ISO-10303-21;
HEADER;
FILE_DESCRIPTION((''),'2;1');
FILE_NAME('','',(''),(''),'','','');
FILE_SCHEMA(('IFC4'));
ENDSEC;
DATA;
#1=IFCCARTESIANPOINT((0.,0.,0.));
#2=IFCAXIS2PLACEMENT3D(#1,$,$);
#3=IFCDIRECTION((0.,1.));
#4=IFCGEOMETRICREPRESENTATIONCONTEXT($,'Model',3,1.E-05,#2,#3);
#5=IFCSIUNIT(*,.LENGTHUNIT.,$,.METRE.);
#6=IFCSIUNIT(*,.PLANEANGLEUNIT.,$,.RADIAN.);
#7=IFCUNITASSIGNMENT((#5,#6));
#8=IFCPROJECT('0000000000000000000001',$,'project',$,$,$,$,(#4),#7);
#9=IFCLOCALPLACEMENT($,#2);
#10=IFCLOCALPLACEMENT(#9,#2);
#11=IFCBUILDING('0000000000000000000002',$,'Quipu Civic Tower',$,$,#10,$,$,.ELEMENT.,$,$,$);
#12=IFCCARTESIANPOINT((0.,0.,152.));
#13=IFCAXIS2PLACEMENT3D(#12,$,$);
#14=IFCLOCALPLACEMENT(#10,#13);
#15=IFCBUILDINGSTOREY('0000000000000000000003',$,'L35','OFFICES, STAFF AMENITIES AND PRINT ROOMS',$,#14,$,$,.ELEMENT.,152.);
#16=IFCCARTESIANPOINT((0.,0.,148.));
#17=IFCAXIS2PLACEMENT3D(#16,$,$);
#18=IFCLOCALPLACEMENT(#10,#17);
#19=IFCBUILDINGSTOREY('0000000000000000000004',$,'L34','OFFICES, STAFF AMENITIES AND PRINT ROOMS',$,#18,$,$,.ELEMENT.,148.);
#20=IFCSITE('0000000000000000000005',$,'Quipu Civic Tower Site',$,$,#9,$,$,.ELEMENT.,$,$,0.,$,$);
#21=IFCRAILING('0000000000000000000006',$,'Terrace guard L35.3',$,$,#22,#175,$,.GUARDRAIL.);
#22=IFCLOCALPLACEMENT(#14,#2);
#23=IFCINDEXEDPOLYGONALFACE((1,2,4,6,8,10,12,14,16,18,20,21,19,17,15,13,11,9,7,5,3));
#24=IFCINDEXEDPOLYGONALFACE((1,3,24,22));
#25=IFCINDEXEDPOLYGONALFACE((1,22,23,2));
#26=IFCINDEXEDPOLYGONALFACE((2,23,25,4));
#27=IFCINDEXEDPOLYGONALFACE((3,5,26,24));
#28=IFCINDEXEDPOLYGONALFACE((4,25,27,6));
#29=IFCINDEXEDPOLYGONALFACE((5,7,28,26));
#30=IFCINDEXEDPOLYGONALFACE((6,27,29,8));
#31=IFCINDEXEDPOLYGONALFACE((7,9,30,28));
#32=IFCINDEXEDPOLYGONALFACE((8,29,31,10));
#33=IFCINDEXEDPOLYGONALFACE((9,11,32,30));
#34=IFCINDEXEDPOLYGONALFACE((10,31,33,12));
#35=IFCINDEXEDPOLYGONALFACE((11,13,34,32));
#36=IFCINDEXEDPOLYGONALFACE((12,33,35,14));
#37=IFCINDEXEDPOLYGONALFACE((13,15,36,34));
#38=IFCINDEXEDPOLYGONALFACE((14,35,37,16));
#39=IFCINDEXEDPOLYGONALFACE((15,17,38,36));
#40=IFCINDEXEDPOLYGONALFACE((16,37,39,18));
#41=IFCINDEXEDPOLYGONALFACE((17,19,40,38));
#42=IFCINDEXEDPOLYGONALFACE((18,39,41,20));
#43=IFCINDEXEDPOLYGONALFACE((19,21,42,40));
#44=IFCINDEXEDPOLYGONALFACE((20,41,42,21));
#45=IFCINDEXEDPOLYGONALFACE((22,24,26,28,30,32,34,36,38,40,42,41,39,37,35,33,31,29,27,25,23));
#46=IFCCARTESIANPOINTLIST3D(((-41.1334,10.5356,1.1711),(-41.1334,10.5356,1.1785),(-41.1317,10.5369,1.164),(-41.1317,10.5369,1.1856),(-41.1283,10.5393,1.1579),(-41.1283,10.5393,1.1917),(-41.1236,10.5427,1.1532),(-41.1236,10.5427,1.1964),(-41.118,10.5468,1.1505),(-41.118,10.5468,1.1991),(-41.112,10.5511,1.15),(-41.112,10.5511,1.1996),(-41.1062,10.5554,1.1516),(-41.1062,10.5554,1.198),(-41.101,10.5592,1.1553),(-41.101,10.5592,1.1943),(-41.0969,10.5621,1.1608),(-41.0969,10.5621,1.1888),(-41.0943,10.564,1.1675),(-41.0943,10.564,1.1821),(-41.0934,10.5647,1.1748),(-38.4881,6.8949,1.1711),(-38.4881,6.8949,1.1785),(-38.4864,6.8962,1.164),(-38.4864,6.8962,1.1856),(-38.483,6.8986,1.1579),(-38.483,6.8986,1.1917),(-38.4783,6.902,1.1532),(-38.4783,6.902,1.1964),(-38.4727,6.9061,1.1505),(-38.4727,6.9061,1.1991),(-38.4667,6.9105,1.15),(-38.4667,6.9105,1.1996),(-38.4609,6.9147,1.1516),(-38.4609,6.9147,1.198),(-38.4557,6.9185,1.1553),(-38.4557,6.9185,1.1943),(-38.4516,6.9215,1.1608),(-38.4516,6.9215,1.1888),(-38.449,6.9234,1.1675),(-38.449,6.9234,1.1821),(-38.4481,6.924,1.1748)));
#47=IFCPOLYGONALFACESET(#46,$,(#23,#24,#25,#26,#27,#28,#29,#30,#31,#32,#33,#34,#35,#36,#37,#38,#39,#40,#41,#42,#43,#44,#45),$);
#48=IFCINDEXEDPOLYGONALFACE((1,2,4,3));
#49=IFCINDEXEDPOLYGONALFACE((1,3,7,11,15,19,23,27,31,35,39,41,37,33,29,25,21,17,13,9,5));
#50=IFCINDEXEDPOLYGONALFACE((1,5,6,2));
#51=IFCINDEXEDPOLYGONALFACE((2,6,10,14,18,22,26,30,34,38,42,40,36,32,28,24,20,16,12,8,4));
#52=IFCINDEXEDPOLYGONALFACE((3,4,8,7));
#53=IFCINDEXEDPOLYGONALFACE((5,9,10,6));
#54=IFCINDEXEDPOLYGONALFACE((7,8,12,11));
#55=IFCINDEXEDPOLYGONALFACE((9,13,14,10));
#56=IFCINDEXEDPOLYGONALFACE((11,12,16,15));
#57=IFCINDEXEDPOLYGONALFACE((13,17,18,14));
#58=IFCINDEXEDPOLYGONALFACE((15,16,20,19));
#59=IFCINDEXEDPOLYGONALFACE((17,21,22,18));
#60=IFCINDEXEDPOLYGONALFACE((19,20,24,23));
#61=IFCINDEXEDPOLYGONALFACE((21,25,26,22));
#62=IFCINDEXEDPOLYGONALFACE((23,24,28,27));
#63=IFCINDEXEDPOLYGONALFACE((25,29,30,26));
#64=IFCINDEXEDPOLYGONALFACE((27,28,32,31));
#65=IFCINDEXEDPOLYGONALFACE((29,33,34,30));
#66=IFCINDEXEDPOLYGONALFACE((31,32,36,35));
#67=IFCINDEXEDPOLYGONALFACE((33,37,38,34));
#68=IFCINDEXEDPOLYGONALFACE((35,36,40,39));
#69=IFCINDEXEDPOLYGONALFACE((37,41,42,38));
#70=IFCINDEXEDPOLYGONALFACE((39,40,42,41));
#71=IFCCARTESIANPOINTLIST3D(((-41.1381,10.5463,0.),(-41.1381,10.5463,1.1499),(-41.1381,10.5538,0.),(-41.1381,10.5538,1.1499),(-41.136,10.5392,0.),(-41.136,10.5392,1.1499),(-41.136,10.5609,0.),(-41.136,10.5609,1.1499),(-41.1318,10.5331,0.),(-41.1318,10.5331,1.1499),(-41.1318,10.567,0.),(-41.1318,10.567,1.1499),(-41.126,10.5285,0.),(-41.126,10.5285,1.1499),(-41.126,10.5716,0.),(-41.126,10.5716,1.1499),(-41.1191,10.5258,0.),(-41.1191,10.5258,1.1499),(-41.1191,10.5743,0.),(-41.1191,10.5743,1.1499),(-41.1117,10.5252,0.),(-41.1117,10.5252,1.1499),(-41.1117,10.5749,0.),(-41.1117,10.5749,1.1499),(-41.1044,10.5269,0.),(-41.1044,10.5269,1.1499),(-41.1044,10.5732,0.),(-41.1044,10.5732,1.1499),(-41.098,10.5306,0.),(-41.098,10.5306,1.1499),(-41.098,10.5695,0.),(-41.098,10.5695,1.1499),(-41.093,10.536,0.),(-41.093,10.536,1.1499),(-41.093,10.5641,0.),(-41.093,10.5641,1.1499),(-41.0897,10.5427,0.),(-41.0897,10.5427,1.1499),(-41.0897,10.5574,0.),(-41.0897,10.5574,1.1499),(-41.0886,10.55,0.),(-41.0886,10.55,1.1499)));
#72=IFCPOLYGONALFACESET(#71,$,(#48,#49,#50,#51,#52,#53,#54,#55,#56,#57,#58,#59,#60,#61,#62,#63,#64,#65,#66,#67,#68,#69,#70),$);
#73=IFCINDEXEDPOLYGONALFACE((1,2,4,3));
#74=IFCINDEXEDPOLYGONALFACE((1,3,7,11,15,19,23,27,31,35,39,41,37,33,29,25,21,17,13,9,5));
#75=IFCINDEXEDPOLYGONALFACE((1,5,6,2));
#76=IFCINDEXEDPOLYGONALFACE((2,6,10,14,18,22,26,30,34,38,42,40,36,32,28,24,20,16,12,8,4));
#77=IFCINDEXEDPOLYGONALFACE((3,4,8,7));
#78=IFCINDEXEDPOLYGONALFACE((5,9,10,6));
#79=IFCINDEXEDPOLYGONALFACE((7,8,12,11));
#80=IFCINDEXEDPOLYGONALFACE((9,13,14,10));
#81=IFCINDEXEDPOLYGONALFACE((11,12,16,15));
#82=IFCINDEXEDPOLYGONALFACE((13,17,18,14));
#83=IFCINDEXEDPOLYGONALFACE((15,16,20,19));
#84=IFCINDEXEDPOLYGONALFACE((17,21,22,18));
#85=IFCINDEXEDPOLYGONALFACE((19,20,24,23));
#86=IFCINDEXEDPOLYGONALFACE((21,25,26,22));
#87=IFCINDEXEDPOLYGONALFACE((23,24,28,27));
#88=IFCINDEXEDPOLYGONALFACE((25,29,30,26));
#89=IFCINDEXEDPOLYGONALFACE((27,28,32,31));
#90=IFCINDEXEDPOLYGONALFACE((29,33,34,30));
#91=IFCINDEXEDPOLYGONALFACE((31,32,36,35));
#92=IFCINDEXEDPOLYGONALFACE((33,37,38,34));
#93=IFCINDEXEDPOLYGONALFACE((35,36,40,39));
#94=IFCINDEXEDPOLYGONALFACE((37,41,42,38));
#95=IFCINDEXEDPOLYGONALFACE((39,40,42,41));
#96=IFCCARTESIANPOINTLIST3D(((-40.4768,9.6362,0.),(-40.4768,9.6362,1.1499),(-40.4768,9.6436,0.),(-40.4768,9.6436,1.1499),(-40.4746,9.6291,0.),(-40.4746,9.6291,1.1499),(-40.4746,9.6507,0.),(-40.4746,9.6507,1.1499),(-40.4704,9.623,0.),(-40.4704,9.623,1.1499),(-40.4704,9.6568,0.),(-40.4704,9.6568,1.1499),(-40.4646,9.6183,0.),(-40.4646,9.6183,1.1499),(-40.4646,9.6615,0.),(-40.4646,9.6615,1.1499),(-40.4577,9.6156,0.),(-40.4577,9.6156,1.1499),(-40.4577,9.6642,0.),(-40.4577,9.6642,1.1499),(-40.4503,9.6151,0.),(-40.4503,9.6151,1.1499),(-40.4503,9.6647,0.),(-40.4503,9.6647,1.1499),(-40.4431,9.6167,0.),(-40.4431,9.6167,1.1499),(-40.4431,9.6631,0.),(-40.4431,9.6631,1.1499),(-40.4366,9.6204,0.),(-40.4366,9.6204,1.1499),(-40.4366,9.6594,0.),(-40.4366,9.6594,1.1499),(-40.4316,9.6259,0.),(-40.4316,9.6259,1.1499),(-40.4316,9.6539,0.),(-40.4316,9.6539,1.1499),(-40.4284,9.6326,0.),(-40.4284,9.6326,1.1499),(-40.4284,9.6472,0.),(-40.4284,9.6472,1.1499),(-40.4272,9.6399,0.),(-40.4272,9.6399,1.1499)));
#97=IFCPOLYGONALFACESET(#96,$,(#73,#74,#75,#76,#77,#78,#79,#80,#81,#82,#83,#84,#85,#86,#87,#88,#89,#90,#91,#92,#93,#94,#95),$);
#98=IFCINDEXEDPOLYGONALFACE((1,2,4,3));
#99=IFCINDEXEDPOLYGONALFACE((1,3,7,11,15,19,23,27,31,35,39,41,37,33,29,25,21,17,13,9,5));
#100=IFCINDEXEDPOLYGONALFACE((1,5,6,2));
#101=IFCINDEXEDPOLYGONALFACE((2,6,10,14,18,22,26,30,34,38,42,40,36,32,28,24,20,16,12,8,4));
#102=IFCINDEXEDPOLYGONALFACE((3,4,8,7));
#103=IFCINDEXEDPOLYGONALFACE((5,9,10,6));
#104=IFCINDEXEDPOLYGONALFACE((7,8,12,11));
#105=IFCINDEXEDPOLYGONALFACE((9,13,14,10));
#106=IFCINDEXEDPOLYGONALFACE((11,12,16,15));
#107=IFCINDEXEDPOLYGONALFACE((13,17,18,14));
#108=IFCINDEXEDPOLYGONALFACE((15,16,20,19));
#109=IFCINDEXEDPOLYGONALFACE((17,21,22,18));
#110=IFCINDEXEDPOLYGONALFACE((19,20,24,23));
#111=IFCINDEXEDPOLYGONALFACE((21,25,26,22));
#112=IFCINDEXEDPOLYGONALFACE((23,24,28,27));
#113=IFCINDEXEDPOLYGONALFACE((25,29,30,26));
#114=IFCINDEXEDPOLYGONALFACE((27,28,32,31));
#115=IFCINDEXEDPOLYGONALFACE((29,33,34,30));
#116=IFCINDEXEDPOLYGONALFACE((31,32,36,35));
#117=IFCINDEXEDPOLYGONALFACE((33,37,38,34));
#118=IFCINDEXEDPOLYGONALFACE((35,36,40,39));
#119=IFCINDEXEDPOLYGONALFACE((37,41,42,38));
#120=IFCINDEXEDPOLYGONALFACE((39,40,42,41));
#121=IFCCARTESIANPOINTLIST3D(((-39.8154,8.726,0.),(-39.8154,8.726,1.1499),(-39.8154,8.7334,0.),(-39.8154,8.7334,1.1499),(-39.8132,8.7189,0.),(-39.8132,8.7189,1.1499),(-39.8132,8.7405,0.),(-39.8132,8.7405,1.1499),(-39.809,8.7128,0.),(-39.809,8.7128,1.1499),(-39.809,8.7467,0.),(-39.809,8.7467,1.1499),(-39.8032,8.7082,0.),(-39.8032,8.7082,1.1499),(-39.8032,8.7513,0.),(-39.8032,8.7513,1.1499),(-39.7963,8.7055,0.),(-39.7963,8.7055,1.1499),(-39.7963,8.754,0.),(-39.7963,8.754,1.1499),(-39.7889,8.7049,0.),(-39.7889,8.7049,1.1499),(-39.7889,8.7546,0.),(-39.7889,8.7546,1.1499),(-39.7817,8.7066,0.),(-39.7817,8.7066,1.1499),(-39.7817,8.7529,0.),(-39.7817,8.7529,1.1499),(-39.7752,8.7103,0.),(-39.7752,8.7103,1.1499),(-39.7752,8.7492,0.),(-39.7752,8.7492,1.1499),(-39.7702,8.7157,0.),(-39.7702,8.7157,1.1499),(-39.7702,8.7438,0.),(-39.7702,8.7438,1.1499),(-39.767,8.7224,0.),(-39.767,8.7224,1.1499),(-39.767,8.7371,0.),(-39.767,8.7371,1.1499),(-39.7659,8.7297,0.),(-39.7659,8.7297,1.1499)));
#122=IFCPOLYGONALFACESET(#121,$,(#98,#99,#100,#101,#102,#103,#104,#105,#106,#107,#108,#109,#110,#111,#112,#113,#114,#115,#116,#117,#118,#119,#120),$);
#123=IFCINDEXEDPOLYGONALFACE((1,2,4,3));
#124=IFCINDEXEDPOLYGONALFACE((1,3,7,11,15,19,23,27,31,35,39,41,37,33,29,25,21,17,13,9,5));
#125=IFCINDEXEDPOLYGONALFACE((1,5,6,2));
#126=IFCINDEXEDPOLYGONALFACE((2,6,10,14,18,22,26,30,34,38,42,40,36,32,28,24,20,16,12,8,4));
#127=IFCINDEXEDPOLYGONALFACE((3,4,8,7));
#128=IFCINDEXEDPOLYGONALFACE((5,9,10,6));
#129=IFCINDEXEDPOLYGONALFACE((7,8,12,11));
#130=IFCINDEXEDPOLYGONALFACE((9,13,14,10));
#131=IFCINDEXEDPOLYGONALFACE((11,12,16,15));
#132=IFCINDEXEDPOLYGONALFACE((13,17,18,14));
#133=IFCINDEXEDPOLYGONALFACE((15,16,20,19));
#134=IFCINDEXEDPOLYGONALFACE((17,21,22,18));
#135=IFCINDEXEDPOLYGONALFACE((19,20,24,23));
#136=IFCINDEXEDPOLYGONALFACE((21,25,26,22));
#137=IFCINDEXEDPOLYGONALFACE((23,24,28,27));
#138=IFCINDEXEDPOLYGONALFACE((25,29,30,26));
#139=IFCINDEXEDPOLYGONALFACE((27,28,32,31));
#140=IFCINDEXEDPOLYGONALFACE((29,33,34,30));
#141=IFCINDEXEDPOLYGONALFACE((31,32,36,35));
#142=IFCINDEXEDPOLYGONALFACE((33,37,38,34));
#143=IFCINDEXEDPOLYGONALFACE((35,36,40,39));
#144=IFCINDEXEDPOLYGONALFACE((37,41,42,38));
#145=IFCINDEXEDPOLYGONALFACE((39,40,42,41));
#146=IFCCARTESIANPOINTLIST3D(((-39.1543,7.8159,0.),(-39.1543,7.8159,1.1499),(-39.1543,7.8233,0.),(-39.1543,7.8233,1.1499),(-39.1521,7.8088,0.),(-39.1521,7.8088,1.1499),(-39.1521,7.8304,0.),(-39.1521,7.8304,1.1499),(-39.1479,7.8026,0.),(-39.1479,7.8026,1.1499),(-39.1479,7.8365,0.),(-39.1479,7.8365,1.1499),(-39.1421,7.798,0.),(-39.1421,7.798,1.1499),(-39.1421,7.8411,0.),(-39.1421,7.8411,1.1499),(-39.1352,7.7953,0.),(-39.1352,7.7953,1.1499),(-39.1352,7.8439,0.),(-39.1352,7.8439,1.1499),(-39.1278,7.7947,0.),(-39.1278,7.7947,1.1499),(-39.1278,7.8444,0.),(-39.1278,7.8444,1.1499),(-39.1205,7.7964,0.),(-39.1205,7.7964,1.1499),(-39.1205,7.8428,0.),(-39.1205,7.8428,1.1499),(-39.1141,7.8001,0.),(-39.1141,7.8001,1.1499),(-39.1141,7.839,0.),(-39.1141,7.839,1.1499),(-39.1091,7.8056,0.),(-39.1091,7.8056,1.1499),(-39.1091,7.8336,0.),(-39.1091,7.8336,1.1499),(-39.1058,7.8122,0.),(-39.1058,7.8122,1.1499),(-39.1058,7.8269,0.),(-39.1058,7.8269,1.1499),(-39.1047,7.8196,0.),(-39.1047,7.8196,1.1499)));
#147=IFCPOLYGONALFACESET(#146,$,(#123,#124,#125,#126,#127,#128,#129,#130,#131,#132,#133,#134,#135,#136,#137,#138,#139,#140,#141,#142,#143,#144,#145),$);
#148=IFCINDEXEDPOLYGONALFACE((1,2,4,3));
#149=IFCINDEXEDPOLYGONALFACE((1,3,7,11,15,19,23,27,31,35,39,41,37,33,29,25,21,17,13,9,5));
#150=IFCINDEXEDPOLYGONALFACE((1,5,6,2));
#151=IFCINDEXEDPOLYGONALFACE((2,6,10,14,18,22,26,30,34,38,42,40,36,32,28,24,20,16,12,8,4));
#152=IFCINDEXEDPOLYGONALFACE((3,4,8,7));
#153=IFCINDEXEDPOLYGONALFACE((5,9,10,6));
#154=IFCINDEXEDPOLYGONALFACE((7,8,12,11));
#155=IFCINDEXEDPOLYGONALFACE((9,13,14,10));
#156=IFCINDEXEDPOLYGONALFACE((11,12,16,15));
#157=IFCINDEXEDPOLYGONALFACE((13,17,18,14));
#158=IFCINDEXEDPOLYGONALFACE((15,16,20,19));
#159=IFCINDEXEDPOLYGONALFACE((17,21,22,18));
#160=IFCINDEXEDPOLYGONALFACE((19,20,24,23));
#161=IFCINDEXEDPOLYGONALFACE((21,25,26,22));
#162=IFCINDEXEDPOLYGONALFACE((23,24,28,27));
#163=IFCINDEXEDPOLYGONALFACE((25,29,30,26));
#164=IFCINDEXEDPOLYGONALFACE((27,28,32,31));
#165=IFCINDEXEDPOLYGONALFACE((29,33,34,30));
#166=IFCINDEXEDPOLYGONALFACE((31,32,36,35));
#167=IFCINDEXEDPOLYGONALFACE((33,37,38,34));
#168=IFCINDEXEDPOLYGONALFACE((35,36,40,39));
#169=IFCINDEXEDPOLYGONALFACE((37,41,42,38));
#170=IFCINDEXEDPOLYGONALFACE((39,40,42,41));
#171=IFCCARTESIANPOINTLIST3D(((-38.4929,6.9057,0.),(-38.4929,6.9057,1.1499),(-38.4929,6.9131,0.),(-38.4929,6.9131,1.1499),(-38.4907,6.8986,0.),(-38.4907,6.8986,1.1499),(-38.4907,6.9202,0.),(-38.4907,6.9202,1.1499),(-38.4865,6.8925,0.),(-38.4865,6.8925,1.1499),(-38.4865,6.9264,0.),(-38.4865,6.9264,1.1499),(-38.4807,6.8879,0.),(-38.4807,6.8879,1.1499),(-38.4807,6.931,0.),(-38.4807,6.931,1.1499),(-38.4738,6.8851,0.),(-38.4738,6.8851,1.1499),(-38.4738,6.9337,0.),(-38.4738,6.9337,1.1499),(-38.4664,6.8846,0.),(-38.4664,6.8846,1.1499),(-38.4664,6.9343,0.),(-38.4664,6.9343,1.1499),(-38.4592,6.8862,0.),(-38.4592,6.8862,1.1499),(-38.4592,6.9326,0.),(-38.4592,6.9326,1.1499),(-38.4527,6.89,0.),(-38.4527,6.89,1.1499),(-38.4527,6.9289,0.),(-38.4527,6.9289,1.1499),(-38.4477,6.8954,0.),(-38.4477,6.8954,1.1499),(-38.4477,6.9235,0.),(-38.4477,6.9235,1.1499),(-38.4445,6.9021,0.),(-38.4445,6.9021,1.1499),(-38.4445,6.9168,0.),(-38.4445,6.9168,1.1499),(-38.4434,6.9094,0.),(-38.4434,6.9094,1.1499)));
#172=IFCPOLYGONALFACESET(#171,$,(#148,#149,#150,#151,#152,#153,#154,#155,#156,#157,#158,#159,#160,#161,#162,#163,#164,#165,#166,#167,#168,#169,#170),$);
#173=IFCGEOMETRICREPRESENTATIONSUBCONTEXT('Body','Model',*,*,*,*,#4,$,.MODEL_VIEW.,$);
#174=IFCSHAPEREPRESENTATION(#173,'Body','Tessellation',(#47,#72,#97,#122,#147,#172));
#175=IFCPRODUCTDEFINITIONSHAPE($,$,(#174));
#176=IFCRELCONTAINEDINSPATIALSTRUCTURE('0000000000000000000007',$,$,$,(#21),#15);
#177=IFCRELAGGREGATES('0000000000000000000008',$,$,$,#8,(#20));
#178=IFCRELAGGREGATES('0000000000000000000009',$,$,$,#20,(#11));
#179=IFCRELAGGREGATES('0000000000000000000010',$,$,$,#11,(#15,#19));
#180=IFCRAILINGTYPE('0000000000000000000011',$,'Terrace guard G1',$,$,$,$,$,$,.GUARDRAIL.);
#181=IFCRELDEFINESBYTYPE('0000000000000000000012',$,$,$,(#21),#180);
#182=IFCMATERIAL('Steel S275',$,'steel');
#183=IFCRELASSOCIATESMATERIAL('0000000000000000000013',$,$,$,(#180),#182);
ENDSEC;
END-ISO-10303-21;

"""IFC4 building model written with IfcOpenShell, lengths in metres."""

from ifc_helpers import new_model, si_unit, direction, frame, origin, origin_2d, place, context, subcontext, project, spatial, circle, extrude, material, type_object, element, save


model = new_model("IFC4")

# Units and contexts
model_context = context("Model", 3, precision=1e-05, world=origin(), true_north=direction((0.0, 1.0)))
body_context = subcontext(model_context, "Body", "Model", "MODEL_VIEW")
ifc_project = project(units=[si_unit("LENGTHUNIT", "METRE"), si_unit("PLANEANGLEUNIT", "RADIAN")], contexts=[model_context])

# Site, building, storey
site_placement = place(None, origin())
site = spatial("IfcSite", under=ifc_project, at=site_placement, Name="Quipu Civic Tower Site", CompositionType="ELEMENT", RefElevation=0.0)
building_placement = place(site_placement, origin())
building = spatial("IfcBuilding", under=site, at=building_placement, Name="Quipu Civic Tower", CompositionType="ELEMENT")
storey_1_placement = place(building_placement, frame((0.0, 0.0, 152.0)))
storey_1 = spatial("IfcBuildingStorey", under=building, at=storey_1_placement, Name="L35", Description="OFFICES, STAFF AMENITIES AND PRINT ROOMS", CompositionType="ELEMENT", Elevation=152.0)

# Shared definitions
storey_2_placement = place(building_placement, frame((0.0, 0.0, 148.0)))
storey_2 = spatial("IfcBuildingStorey", under=building, at=storey_2_placement, Name="L34", Description="OFFICES, STAFF AMENITIES AND PRINT ROOMS", CompositionType="ELEMENT", Elevation=148.0)

# Railing
ifc_material_1 = material(Name="Steel S275", Category="steel")
railing_type = type_object("IfcRailingType", Name="Terrace guard G1", PredefinedType="GUARDRAIL", material=ifc_material_1)
railing_1_placement = place(storey_1_placement, frame((-41.1135, 10.55, 0.0)))
element("IfcRailing", 1, at=railing_1_placement, inside=storey_1, type_object=railing_type, Name="Terrace guard L35.3", PredefinedType="GUARDRAIL", context=body_context, shape_type="SweptSolid", body=[
    extrude(circle(Radius=0.0249, at=origin_2d()), frame((0.0, 0.0, 1.1748), z_axis=(0.587814, -0.808996, 0.0), x_axis=(0.808996, 0.587814, 0.0)), (0.0, 0.0, 1.0), 4.5002),
    extrude(circle(Radius=0.0249, at=origin_2d()), origin(), (0.0, 0.0, 1.0), 1.1499),
    extrude(circle(Radius=0.0249, at=origin_2d()), frame((0.6614, -0.9102, 0.0)), (0.0, 0.0, 1.0), 1.1499),
    extrude(circle(Radius=0.0249, at=origin_2d()), frame((1.3228, -1.8203, 0.0)), (0.0, 0.0, 1.0), 1.1499),
    extrude(circle(Radius=0.0249, at=origin_2d()), frame((1.9839, -2.7305, 0.0)), (0.0, 0.0, 1.0), 1.1499),
    extrude(circle(Radius=0.0249, at=origin_2d()), frame((2.6453, -3.6406, 0.0)), (0.0, 0.0, 1.0), 1.1499),
])

save(model, "model.ifc")
